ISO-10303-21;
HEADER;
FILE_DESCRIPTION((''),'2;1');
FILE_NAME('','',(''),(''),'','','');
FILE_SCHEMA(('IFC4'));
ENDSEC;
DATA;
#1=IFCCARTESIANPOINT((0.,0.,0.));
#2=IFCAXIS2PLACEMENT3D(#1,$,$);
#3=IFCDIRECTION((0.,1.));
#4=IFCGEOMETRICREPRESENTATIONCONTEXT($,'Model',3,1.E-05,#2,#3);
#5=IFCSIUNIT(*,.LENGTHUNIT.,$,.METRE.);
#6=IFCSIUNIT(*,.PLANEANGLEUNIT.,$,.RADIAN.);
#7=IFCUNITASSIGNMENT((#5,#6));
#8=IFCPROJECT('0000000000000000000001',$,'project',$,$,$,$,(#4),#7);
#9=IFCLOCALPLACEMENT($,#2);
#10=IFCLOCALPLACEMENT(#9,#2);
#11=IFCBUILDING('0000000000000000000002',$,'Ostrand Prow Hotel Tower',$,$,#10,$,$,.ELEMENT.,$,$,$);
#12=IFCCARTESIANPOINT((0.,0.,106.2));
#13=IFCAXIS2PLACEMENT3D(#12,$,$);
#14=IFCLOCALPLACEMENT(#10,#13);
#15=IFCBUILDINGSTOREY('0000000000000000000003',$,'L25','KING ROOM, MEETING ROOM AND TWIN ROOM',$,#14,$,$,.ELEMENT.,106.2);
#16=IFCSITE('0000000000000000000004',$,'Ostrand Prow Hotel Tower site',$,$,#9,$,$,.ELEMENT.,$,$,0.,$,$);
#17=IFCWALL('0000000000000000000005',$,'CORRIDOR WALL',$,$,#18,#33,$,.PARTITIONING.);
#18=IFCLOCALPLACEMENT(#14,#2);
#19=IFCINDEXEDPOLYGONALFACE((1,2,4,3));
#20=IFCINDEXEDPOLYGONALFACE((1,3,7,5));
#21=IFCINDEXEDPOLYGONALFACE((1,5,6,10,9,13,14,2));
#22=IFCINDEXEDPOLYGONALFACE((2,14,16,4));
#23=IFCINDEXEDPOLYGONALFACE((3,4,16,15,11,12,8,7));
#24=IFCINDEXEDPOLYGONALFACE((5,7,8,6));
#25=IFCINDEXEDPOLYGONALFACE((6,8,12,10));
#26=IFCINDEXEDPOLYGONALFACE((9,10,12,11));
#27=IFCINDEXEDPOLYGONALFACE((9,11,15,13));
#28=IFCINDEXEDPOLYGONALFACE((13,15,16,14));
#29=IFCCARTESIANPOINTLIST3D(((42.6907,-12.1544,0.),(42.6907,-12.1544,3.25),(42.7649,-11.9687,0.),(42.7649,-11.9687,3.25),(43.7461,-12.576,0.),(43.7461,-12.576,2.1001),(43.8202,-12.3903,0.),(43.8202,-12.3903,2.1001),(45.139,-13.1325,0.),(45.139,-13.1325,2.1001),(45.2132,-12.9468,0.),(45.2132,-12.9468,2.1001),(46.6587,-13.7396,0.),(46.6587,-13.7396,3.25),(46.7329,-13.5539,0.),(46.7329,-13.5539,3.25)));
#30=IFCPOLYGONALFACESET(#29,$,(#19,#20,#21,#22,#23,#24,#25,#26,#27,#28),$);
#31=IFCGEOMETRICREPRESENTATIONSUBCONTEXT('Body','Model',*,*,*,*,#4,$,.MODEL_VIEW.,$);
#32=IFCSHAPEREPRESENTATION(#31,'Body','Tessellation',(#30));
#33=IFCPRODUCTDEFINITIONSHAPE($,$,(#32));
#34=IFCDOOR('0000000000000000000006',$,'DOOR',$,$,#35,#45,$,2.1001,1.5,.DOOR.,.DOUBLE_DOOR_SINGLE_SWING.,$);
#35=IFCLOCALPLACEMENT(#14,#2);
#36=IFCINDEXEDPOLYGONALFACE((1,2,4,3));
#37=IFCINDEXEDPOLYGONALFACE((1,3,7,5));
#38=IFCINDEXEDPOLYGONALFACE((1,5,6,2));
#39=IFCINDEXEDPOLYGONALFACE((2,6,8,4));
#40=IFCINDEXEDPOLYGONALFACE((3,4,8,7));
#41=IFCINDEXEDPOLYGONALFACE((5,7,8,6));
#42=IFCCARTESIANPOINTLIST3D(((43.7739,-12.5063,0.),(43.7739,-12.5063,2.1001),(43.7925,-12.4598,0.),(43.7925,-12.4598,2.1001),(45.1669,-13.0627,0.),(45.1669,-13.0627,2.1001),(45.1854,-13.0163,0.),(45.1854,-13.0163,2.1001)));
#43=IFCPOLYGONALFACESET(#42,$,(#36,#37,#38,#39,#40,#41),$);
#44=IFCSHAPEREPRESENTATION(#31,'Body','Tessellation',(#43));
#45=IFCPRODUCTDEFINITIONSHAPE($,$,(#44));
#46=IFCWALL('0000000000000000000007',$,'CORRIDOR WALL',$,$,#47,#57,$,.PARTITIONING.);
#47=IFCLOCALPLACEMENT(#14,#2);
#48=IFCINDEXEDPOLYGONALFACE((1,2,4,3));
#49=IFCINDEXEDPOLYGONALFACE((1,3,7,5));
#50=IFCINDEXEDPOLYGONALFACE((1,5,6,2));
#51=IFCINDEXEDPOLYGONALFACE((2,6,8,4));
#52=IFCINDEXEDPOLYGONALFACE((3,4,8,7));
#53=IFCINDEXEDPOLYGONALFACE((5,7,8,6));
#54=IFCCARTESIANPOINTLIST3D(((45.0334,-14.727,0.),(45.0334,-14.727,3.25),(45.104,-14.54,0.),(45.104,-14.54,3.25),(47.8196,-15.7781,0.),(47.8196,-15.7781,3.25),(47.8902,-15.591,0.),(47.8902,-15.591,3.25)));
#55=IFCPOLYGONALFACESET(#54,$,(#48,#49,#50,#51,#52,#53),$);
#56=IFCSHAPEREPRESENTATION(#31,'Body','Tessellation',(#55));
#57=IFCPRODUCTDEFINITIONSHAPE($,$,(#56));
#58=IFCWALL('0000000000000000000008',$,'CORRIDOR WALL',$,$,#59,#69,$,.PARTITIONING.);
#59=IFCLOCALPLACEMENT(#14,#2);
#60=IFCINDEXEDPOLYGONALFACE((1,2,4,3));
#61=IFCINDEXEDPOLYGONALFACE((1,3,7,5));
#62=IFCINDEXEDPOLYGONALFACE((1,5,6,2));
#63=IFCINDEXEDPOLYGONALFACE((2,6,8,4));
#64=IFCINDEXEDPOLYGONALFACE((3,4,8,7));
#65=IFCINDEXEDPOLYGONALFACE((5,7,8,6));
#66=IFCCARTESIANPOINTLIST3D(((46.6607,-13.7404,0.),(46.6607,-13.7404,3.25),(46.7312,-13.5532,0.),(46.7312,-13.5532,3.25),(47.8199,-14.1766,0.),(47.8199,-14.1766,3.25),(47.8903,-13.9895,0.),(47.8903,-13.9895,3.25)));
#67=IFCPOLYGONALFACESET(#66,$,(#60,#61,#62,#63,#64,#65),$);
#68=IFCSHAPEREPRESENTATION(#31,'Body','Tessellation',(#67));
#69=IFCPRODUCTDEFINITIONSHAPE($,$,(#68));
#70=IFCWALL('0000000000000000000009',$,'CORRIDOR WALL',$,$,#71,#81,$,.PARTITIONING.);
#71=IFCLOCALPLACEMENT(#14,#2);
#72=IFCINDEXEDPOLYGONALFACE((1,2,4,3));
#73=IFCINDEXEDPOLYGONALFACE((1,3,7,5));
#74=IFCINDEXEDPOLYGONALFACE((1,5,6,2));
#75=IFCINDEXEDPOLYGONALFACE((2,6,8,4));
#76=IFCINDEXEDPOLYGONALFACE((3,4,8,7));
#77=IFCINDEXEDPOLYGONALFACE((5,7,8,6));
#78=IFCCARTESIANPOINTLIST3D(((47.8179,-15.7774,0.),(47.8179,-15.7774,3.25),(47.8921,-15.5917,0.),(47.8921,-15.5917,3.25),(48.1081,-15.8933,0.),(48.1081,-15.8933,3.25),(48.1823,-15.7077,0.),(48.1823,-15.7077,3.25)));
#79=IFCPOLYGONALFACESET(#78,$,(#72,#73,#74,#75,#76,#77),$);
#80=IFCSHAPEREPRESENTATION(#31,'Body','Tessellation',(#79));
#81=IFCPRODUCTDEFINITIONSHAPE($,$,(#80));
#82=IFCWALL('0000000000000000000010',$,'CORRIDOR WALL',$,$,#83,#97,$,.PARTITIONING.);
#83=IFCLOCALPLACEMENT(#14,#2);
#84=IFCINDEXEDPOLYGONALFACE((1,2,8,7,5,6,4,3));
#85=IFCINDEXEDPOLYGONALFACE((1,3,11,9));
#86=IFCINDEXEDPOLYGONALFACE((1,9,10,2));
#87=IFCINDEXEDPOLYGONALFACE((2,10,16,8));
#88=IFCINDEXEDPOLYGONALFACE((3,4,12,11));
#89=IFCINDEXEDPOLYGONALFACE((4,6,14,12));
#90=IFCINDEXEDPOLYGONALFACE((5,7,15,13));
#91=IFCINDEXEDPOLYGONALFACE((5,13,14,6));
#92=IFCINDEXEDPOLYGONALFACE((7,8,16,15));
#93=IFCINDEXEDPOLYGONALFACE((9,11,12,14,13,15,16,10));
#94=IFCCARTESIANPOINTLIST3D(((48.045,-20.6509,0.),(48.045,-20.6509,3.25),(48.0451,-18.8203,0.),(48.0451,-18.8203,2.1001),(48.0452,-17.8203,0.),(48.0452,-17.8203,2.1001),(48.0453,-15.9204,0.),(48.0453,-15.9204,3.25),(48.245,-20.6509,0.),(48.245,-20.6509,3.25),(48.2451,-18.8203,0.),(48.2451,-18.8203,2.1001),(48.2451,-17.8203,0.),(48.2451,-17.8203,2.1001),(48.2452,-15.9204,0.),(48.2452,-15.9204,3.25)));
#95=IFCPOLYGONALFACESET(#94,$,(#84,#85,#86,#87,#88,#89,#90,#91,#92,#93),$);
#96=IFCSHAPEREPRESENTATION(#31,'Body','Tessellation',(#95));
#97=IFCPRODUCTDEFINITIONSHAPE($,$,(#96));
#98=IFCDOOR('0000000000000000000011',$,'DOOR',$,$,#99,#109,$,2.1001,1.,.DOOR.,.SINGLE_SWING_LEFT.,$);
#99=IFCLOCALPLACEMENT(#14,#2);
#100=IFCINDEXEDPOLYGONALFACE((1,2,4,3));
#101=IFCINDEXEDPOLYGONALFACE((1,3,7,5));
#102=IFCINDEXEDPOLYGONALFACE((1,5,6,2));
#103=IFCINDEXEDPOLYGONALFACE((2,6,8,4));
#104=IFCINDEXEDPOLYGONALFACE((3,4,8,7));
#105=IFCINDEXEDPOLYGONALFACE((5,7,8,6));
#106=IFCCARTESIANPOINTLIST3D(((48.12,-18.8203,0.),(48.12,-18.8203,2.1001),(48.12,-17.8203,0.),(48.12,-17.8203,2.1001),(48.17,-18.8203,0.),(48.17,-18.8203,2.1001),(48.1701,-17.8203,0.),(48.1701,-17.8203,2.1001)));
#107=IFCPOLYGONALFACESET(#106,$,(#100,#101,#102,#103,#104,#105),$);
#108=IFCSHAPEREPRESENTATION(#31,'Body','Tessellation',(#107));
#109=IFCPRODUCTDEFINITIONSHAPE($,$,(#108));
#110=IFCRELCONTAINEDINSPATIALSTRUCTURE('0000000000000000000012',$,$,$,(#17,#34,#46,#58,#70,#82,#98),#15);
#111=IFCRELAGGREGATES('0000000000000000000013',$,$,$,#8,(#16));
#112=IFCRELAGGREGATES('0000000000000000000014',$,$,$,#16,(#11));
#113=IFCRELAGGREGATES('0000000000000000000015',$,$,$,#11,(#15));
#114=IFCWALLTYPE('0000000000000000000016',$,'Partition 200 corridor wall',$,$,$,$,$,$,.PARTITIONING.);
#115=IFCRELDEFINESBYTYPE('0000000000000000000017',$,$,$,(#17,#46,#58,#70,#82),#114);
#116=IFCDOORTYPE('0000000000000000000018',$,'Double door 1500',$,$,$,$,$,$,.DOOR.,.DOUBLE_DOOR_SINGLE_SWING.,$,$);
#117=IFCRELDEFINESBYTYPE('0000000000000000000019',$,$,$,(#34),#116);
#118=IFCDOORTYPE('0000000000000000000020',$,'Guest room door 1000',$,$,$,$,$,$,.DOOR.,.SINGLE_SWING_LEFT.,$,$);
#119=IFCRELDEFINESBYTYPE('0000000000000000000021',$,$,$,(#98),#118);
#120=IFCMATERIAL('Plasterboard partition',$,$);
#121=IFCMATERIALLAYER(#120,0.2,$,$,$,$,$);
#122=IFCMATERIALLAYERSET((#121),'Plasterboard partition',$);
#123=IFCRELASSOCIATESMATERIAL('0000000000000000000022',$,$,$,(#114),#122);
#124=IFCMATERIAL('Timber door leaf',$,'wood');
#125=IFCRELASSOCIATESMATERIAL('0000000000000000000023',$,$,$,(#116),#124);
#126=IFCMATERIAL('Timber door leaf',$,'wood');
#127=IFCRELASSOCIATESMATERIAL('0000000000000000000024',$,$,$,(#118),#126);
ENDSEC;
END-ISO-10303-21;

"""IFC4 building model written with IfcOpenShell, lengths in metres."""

from ifc_helpers import new_model, si_unit, direction, frame, frame_2d, origin, place, context, subcontext, project, spatial, rectangle, extrude, material, layer, layer_set, type_object, element, fill, save


model = new_model("IFC4")

# Units and contexts
model_context = context("Model", 3, precision=1e-05, world=origin(), true_north=direction((0.0, 1.0)))
body_context = subcontext(model_context, "Body", "Model", "MODEL_VIEW")
ifc_project = project(units=[si_unit("LENGTHUNIT", "METRE"), si_unit("PLANEANGLEUNIT", "RADIAN")], contexts=[model_context])

# Site, building, storey
site_placement = place(None, origin())
site = spatial("IfcSite", under=ifc_project, at=site_placement, Name="Ostrand Prow Hotel Tower site", CompositionType="ELEMENT", RefElevation=0.0)
building_placement = place(site_placement, origin())
building = spatial("IfcBuilding", under=site, at=building_placement, Name="Ostrand Prow Hotel Tower", CompositionType="ELEMENT")
storey_placement = place(building_placement, frame((0.0, 0.0, 106.2)))
storey = spatial("IfcBuildingStorey", under=building, at=storey_placement, Name="L25", Description="KING ROOM, MEETING ROOM AND TWIN ROOM", CompositionType="ELEMENT", Elevation=106.2)

# Wall, opening, door
ifc_material_1 = material(Name="Plasterboard partition")
ifc_layer_1 = layer(ifc_material_1, 0.2)
ifc_layer_set_1 = layer_set([ifc_layer_1], Name="Plasterboard partition")
wall_type_1 = type_object("IfcWallType", Name="Partition 200 corridor wall", PredefinedType="PARTITIONING", material=ifc_layer_set_1)
wall_1_placement = place(storey_placement, frame((46.6958, -13.6467, 0.0), z_axis=(0.0, 0.0, 1.0), x_axis=(-0.928638, 0.370987, 0.0)))
wall_1 = element("IfcWall", 1, at=wall_1_placement, inside=storey, type_object=wall_type_1, Name="CORRIDOR WALL", PredefinedType="PARTITIONING", context=body_context, shape_type="SweptSolid", body=[
    extrude(rectangle(XDim=4.2729, YDim=0.2, at=frame_2d((2.1365, 0.0))), origin(), (0.0, 0.0, 1.0), 3.25),
])
opening_1_placement = place(wall_1_placement, frame((1.6365, 0.0, 0.0)))
opening_1 = element("IfcOpeningElement", 2, at=opening_1_placement, cuts=wall_1, PredefinedType="OPENING", context=body_context, shape_type="SweptSolid", body=[
    extrude(rectangle(XDim=1.5, YDim=2.1001, at=frame_2d((0.75, 1.05))), frame((0.0, 0.1099, 0.0), z_axis=(0.0, -1.0, 0.0), x_axis=(1.0, 0.0, 0.0)), (0.0, 0.0, 1.0), 0.22),
])
ifc_material_2 = material(Name="Timber door leaf", Category="wood")
door_type_1 = type_object("IfcDoorType", Name="Double door 1500", OperationType="DOUBLE_DOOR_SINGLE_SWING", PredefinedType="DOOR", material=ifc_material_2)
door_1_placement = place(opening_1_placement, origin())
door_1 = element("IfcDoor", 3, at=door_1_placement, inside=storey, type_object=door_type_1, Name="DOOR", OperationType="DOUBLE_DOOR_SINGLE_SWING", OverallHeight=2.1001, OverallWidth=1.5, PredefinedType="DOOR", context=body_context, shape_type="SweptSolid", body=[
    extrude(rectangle(XDim=1.5, YDim=2.1001, at=frame_2d((0.75, 1.05))), frame((0.0, 0.0249, 0.0), z_axis=(0.0, -1.0, 0.0), x_axis=(1.0, 0.0, 0.0)), (0.0, 0.0, 1.0), 0.05),
])
fill(opening_1, door_1)

# Walls
wall_2_placement = place(storey_placement, frame((45.0688, -14.6335, 0.0), z_axis=(0.0, 0.0, 1.0), x_axis=(0.93564, -0.352956, 0.0)))
element("IfcWall", 4, at=wall_2_placement, inside=storey, type_object=wall_type_1, Name="CORRIDOR WALL", PredefinedType="PARTITIONING", context=body_context, shape_type="SweptSolid", body=[
    extrude(rectangle(XDim=2.9778, YDim=0.2, at=frame_2d((1.4888, 0.0))), origin(), (0.0, 0.0, 1.0), 3.25),
])
wall_3_placement = place(storey_placement, frame((47.855, -14.083, 0.0), z_axis=(0.0, 0.0, 1.0), x_axis=(-0.935907, 0.352246, 0.0)))
element("IfcWall", 5, at=wall_3_placement, inside=storey, type_object=wall_type_1, Name="CORRIDOR WALL", PredefinedType="PARTITIONING", context=body_context, shape_type="SweptSolid", body=[
    extrude(rectangle(XDim=1.2385, YDim=0.2, at=frame_2d((0.6191, 0.0))), origin(), (0.0, 0.0, 1.0), 3.25),
])
wall_4_placement = place(storey_placement, frame((47.855, -15.6846, 0.0), z_axis=(0.0, 0.0, 1.0), x_axis=(0.928638, -0.370987, 0.0)))
element("IfcWall", 6, at=wall_4_placement, inside=storey, type_object=wall_type_1, Name="CORRIDOR WALL", PredefinedType="PARTITIONING", context=body_context, shape_type="SweptSolid", body=[
    extrude(rectangle(XDim=0.3125, YDim=0.2, at=frame_2d((0.1562, 0.0))), origin(), (0.0, 0.0, 1.0), 3.25),
])

# Wall, opening, door
wall_5_placement = place(storey_placement, frame((48.1453, -15.9204, 0.0), z_axis=(0.0, 0.0, 1.0), x_axis=(-0.000052, -1.0, 0.0)))
wall_5 = element("IfcWall", 7, at=wall_5_placement, inside=storey, type_object=wall_type_1, Name="CORRIDOR WALL", PredefinedType="PARTITIONING", context=body_context, shape_type="SweptSolid", body=[
    extrude(rectangle(XDim=4.7305, YDim=0.2, at=frame_2d((2.3652, 0.0))), origin(), (0.0, 0.0, 1.0), 3.25),
])
opening_2_placement = place(wall_5_placement, frame((1.8999, 0.0, 0.0)))
opening_2 = element("IfcOpeningElement", 8, at=opening_2_placement, cuts=wall_5, PredefinedType="OPENING", context=body_context, shape_type="SweptSolid", body=[
    extrude(rectangle(XDim=1.0, YDim=2.1001, at=frame_2d((0.5, 1.05))), frame((0.0, 0.1099, 0.0), z_axis=(0.0, -1.0, 0.0), x_axis=(1.0, 0.0, 0.0)), (0.0, 0.0, 1.0), 0.22),
])
ifc_material_3 = material(Name="Timber door leaf", Category="wood")
door_type_2 = type_object("IfcDoorType", Name="Guest room door 1000", OperationType="SINGLE_SWING_LEFT", PredefinedType="DOOR", material=ifc_material_3)
door_2_placement = place(opening_2_placement, origin())
door_2 = element("IfcDoor", 9, at=door_2_placement, inside=storey, type_object=door_type_2, Name="DOOR", OperationType="SINGLE_SWING_LEFT", OverallHeight=2.1001, OverallWidth=1.0, PredefinedType="DOOR", context=body_context, shape_type="SweptSolid", body=[
    extrude(rectangle(XDim=1.0, YDim=2.1001, at=frame_2d((0.5, 1.05))), frame((0.0, 0.0249, 0.0), z_axis=(0.0, -1.0, 0.0), x_axis=(1.0, 0.0, 0.0)), (0.0, 0.0, 1.0), 0.05),
])
fill(opening_2, door_2)

save(model, "model.ifc")
